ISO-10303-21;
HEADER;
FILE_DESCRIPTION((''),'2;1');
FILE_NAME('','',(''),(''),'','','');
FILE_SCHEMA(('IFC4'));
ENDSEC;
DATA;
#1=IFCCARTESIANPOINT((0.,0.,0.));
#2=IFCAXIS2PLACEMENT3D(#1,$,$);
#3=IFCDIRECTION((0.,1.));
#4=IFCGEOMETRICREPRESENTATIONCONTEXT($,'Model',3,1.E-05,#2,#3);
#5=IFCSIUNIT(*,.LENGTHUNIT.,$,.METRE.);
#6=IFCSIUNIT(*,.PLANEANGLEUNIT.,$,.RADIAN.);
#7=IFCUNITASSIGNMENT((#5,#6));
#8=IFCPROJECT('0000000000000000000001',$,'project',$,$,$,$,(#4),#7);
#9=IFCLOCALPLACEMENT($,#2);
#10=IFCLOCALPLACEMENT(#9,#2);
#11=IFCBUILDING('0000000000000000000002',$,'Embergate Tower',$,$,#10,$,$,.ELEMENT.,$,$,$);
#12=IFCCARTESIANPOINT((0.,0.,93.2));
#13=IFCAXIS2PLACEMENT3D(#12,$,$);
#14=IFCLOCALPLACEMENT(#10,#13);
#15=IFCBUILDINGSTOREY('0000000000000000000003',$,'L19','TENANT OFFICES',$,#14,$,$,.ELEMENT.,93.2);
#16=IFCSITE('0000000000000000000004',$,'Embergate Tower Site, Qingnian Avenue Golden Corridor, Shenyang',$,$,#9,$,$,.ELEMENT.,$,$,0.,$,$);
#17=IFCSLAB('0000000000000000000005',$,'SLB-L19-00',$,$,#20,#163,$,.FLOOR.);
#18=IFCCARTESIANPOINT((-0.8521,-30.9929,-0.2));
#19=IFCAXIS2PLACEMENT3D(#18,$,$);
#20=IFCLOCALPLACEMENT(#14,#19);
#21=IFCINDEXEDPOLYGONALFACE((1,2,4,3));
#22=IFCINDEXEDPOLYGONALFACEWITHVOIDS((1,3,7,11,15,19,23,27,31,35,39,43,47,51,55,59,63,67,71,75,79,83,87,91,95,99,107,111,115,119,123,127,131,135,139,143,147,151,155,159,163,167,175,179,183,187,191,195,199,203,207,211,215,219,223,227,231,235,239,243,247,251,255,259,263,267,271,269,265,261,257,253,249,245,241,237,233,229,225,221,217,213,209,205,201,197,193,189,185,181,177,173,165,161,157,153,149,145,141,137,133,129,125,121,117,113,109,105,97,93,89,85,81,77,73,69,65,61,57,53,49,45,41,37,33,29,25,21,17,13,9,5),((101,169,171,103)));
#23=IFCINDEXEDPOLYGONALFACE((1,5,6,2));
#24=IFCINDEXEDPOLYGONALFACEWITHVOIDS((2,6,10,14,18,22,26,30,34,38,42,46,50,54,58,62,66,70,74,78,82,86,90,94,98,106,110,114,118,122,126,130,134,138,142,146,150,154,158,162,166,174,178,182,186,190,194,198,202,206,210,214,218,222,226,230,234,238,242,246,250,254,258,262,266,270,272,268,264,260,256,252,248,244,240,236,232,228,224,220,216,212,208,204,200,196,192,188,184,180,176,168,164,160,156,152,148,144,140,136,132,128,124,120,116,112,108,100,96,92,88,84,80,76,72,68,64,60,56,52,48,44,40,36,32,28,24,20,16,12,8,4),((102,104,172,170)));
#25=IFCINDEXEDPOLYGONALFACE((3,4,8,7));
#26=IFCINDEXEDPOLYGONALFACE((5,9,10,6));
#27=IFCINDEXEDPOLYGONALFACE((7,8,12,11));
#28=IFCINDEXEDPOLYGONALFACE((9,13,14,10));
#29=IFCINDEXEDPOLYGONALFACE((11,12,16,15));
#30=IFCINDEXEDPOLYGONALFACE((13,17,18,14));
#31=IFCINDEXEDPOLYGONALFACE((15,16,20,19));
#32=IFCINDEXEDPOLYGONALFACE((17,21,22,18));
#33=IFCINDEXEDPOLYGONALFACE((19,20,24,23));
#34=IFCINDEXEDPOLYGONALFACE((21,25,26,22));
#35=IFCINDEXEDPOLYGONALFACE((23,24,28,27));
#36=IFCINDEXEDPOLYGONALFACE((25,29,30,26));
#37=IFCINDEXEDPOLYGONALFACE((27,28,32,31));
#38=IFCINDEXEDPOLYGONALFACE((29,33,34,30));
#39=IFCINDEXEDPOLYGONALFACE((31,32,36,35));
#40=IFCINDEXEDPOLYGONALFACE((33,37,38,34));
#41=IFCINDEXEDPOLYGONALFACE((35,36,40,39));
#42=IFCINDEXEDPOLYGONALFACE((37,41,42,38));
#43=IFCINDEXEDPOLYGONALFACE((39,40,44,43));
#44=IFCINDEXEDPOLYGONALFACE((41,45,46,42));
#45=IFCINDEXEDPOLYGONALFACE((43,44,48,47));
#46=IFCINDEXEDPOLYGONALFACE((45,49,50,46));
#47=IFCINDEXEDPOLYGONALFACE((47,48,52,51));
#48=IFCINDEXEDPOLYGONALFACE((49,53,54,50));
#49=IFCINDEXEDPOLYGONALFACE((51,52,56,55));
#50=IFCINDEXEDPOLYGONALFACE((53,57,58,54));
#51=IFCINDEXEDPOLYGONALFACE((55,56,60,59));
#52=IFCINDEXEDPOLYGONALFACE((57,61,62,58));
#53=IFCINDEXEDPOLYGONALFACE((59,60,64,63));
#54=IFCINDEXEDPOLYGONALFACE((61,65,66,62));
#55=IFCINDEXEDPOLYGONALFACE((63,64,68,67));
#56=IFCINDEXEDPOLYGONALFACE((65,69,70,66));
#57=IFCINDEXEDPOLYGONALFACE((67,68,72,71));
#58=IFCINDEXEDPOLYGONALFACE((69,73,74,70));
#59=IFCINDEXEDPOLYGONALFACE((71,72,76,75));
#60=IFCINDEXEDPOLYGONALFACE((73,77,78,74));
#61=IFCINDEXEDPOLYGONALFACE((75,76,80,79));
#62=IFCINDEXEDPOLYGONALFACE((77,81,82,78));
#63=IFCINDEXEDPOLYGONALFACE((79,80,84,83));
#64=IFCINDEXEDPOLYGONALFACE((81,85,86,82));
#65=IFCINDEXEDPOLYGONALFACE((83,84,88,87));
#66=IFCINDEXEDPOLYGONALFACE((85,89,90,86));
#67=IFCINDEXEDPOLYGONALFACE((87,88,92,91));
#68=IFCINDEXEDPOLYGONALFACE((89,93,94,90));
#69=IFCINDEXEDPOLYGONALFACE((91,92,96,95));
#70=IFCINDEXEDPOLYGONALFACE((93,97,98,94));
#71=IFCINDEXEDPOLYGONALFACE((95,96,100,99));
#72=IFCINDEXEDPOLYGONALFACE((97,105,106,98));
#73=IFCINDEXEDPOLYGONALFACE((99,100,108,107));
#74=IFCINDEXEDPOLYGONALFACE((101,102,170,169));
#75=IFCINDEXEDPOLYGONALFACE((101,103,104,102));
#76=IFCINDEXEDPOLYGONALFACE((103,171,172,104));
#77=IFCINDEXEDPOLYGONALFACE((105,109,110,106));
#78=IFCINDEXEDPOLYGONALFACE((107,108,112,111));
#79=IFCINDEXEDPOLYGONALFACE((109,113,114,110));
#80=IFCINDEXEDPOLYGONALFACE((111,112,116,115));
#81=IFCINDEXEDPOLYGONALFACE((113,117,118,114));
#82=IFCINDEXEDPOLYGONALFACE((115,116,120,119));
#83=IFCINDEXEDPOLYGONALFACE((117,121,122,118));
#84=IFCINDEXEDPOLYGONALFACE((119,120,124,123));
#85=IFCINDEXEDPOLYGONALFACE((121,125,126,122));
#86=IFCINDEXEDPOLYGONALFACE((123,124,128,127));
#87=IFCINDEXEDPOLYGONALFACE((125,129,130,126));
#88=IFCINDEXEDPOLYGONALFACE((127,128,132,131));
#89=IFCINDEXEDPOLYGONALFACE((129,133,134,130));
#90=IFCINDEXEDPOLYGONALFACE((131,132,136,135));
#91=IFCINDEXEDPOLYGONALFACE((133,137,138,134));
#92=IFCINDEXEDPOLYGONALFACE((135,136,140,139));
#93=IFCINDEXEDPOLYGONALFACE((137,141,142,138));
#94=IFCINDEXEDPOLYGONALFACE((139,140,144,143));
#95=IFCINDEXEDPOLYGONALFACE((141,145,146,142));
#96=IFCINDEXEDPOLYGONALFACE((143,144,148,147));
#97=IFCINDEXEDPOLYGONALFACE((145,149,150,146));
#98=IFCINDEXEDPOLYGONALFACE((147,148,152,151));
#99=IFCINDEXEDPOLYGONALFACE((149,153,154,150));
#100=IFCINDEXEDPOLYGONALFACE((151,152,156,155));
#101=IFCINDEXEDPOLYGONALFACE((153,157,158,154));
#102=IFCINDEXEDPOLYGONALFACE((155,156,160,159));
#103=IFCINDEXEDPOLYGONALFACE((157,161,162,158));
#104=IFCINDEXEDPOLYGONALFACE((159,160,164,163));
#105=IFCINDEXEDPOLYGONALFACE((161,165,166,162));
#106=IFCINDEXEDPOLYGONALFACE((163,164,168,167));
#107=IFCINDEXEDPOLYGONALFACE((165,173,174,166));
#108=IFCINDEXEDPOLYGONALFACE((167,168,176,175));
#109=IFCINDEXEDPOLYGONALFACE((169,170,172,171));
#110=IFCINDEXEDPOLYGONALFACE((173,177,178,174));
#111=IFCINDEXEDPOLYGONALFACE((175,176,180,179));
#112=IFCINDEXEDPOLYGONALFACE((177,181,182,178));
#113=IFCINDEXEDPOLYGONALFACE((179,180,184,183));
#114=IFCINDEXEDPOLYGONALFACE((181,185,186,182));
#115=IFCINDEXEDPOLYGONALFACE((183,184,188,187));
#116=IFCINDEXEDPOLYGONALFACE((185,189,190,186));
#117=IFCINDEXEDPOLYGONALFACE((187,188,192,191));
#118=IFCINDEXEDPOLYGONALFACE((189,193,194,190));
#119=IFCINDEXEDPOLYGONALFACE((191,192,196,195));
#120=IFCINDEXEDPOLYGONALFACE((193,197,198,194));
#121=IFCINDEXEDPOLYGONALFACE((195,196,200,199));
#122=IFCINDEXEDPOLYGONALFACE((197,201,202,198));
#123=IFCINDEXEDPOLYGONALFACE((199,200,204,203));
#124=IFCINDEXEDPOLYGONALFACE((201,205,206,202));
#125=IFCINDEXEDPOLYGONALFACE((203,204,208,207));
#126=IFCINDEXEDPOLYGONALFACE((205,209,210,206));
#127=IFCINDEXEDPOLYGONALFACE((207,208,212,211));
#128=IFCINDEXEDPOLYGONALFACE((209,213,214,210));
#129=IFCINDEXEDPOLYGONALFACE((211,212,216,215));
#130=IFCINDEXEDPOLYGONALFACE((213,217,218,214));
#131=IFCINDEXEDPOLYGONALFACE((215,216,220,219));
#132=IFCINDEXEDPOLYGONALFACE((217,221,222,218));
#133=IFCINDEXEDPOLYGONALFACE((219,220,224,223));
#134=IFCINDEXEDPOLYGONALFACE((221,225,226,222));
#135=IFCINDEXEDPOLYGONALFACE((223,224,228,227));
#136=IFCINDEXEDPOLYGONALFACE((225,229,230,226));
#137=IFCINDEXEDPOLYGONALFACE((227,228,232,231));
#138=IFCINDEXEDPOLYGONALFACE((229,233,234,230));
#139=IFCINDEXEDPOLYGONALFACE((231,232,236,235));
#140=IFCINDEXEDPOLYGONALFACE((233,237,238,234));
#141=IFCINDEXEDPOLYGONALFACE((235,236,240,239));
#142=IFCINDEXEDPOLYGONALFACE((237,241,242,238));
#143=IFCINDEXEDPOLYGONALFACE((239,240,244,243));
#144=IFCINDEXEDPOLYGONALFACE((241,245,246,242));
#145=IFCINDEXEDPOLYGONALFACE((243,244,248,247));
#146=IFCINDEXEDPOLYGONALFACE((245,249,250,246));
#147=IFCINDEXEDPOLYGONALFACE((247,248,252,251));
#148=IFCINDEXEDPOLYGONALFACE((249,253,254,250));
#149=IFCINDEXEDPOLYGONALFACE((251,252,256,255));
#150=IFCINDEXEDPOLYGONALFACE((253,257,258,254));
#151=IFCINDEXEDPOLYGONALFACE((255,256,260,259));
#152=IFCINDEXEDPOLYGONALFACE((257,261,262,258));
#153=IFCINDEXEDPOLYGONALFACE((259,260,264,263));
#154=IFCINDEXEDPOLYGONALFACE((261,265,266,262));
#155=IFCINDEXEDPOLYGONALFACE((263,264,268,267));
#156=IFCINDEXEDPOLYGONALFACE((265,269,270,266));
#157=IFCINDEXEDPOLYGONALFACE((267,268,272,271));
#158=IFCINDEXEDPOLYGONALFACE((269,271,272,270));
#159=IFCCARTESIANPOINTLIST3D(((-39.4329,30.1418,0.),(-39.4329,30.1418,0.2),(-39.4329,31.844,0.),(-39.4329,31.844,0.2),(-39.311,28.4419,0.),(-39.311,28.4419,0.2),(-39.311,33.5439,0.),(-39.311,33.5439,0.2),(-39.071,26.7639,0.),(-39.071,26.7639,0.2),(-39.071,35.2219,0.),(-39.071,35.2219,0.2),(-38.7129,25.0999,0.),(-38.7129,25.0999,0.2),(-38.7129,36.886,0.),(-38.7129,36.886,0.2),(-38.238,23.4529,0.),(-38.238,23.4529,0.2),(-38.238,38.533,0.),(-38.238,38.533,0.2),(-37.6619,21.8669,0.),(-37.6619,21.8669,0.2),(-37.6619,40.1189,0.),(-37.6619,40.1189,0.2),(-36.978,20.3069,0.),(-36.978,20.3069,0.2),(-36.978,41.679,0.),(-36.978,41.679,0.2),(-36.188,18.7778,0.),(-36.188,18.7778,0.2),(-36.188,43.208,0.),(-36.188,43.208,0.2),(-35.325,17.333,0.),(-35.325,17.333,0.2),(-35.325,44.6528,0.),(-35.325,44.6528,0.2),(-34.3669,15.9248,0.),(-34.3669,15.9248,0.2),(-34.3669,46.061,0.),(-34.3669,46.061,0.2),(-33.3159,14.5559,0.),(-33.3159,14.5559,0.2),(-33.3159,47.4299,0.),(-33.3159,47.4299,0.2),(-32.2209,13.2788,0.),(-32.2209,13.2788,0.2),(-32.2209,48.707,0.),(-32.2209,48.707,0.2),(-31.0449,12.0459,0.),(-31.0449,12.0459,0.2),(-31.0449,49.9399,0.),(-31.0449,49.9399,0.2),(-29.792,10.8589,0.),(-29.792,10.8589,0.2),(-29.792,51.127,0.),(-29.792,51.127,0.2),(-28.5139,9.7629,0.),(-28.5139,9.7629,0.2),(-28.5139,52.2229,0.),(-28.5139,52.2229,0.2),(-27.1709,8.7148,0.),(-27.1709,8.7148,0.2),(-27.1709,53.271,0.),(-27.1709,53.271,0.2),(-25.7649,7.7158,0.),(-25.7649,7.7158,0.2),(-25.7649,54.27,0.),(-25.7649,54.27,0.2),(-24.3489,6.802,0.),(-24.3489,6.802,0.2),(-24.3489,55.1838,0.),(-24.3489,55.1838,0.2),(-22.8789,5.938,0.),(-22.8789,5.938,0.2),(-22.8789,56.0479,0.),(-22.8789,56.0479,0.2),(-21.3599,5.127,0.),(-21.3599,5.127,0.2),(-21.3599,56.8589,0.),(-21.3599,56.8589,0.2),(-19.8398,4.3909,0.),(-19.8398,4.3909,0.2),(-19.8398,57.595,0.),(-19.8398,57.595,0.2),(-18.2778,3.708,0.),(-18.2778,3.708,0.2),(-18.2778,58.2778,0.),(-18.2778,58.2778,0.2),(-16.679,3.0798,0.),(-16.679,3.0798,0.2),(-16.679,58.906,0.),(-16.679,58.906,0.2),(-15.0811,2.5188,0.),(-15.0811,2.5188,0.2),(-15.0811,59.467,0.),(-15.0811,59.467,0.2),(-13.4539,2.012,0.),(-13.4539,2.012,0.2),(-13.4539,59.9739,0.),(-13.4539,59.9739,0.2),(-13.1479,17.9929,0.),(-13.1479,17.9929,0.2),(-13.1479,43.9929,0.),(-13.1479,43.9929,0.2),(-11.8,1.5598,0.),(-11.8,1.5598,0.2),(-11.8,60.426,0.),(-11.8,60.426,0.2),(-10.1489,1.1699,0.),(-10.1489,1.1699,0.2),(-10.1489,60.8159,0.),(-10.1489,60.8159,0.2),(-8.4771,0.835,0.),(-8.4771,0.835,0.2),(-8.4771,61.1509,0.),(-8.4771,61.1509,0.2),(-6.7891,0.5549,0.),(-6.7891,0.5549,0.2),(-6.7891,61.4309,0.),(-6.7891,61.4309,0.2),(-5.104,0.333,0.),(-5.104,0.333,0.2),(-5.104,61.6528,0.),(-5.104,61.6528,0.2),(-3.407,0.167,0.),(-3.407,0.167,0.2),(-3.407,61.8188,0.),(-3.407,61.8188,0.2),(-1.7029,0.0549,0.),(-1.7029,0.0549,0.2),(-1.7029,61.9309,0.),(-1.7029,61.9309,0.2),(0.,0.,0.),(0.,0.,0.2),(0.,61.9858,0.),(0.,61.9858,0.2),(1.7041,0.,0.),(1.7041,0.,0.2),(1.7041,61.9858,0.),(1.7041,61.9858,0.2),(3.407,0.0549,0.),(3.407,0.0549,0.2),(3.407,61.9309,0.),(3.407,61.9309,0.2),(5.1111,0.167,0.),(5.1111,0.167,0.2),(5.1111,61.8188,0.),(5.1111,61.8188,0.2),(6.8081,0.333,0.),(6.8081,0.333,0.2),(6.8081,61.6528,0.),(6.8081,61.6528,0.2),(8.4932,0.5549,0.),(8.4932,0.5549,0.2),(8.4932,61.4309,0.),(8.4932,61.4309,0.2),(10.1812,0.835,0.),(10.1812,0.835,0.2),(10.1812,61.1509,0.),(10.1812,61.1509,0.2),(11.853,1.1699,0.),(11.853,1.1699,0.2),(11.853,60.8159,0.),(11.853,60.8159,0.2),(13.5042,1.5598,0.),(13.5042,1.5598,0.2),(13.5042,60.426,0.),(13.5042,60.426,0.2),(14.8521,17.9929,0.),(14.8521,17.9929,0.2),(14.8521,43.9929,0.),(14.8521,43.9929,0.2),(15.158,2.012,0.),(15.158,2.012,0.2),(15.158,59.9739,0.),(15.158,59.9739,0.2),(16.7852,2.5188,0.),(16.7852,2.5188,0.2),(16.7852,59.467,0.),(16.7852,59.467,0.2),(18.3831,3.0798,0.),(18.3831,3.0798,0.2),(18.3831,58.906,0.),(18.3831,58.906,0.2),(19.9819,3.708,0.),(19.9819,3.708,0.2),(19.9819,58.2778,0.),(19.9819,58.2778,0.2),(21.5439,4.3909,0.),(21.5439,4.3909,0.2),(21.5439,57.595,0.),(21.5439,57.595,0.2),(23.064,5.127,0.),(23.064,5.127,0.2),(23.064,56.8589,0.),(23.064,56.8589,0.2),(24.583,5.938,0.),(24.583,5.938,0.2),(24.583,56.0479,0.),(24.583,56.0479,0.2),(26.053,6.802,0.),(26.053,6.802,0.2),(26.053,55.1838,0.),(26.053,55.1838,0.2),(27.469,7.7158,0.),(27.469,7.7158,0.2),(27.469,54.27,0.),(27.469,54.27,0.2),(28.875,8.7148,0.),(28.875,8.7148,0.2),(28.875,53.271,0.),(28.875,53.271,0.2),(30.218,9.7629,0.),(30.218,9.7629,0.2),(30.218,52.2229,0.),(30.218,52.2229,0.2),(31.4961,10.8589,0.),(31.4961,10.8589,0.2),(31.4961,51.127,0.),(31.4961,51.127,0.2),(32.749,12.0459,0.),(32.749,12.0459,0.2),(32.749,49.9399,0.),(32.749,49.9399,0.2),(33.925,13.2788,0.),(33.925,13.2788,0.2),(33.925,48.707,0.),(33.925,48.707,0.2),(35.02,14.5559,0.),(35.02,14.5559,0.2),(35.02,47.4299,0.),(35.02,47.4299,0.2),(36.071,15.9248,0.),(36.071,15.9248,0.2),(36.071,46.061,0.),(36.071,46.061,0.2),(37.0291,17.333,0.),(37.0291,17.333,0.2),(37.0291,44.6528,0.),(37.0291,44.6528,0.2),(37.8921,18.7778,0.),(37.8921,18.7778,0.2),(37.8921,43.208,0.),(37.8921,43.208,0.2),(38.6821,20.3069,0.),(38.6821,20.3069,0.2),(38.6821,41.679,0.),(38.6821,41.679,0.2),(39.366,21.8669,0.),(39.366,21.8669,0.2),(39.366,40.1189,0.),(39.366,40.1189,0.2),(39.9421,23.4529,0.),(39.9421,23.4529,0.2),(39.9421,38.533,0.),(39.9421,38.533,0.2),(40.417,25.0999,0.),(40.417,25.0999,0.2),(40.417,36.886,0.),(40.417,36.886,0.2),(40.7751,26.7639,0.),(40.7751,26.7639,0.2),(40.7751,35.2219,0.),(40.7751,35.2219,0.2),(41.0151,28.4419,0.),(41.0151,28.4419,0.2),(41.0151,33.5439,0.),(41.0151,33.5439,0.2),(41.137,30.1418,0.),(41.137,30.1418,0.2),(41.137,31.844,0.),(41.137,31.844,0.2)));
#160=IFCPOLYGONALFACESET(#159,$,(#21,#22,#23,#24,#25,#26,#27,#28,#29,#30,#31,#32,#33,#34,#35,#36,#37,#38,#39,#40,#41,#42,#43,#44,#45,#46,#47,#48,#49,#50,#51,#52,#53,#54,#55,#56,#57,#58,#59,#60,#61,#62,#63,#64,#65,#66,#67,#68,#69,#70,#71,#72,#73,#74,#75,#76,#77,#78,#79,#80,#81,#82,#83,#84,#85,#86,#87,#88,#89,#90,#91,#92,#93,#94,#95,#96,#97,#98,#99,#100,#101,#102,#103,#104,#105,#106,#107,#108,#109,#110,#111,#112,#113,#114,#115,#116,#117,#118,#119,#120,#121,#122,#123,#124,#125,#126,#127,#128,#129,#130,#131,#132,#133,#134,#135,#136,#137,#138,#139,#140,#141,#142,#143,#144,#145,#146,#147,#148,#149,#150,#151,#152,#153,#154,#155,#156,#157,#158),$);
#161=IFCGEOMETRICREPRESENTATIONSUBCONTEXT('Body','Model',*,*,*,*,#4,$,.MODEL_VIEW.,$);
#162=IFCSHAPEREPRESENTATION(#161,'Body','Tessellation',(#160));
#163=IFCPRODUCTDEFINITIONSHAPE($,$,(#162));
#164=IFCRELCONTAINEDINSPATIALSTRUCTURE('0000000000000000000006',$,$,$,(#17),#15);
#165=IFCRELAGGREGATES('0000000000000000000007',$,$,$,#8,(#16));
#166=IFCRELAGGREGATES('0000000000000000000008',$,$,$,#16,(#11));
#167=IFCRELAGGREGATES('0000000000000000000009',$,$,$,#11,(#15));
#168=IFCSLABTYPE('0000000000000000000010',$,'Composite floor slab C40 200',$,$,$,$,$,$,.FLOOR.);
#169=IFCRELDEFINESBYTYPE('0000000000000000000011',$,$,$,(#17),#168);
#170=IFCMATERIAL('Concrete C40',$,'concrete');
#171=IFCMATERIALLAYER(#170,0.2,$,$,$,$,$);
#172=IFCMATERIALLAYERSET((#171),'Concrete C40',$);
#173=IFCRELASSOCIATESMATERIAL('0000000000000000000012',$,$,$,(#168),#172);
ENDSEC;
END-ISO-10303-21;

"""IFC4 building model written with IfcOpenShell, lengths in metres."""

from ifc_helpers import new_model, si_unit, direction, frame, origin, place, context, subcontext, project, spatial, polyline, outline, extrude, source, transform, mapped, material, layer, layer_set, type_object, element, save


model = new_model("IFC4")

# Units and contexts
model_context = context("Model", 3, precision=1e-05, world=origin(), true_north=direction((0.0, 1.0)))
body_context = subcontext(model_context, "Body", "Model", "MODEL_VIEW")
ifc_project = project(units=[si_unit("LENGTHUNIT", "METRE"), si_unit("PLANEANGLEUNIT", "RADIAN")], contexts=[model_context])

# Site, building, storey
site_placement = place(None, origin())
site = spatial("IfcSite", under=ifc_project, at=site_placement, Name="Embergate Tower Site, Qingnian Avenue Golden Corridor, Shenyang", CompositionType="ELEMENT", RefElevation=0.0)
building_placement = place(site_placement, origin())
building = spatial("IfcBuilding", under=site, at=building_placement, Name="Embergate Tower", CompositionType="ELEMENT")
storey_placement = place(building_placement, frame((0.0, 0.0, 93.2)))
storey = spatial("IfcBuildingStorey", under=building, at=storey_placement, Name="L19", Description="TENANT OFFICES", CompositionType="ELEMENT", Elevation=93.2)

# Slab
ifc_material_1 = material(Name="Concrete C40", Category="concrete")
ifc_layer_1 = layer(ifc_material_1, 0.2)
ifc_layer_set_1 = layer_set([ifc_layer_1], Name="Concrete C40")
slab_type = type_object("IfcSlabType", Name="Composite floor slab C40 200", PredefinedType="FLOOR", material=ifc_layer_set_1)
shared_shape_1 = source(origin(), body_context, "Body", "SweptSolid", [
    extrude(outline(polyline([(0.0, 0.0), (1.7041, 0.0), (3.407, 0.0549), (5.1111, 0.167), (6.8081, 0.333), (8.4932, 0.5549), (10.1812, 0.835), (11.853, 1.1699), (13.5042, 1.5598), (15.158, 2.012), (16.7852, 2.5188), (18.3831, 3.0798), (19.9819, 3.708), (21.5439, 4.3909), (23.064, 5.127), (24.583, 5.938), (26.053, 6.802), (27.469, 7.7158), (28.875, 8.7148), (30.218, 9.7629), (31.4961, 10.8589), (32.749, 12.0459), (33.925, 13.2788), (35.02, 14.5559), (36.071, 15.9248), (37.0291, 17.333), (37.8921, 18.7778), (38.6821, 20.3069), (39.366, 21.8669), (39.9421, 23.4529), (40.417, 25.0999), (40.7751, 26.7639), (41.0151, 28.4419), (41.137, 30.1418), (41.137, 31.844), (41.0151, 33.5439), (40.7751, 35.2219), (40.417, 36.886), (39.9421, 38.533), (39.366, 40.1189), (38.6821, 41.679), (37.8921, 43.208), (37.0291, 44.6528), (36.071, 46.061), (35.02, 47.4299), (33.925, 48.707), (32.749, 49.9399), (31.4961, 51.127), (30.218, 52.2229), (28.875, 53.271), (27.469, 54.27), (26.053, 55.1838), (24.583, 56.0479), (23.064, 56.8589), (21.5439, 57.595), (19.9819, 58.2778), (18.3831, 58.906), (16.7852, 59.467), (15.158, 59.9739), (13.5042, 60.426), (11.853, 60.8159), (10.1812, 61.1509), (8.4932, 61.4309), (6.8081, 61.6528), (5.1111, 61.8188), (3.407, 61.9309), (1.7041, 61.9858), (0.0, 61.9858), (-1.7029, 61.9309), (-3.407, 61.8188), (-5.104, 61.6528), (-6.7891, 61.4309), (-8.4771, 61.1509), (-10.1489, 60.8159), (-11.8, 60.426), (-13.4539, 59.9739), (-15.0811, 59.467), (-16.679, 58.906), (-18.2778, 58.2778), (-19.8398, 57.595), (-21.3599, 56.8589), (-22.8789, 56.0479), (-24.3489, 55.1838), (-25.7649, 54.27), (-27.1709, 53.271), (-28.5139, 52.2229), (-29.792, 51.127), (-31.0449, 49.9399), (-32.2209, 48.707), (-33.3159, 47.4299), (-34.3669, 46.061), (-35.325, 44.6528), (-36.188, 43.208), (-36.978, 41.679), (-37.6619, 40.1189), (-38.238, 38.533), (-38.7129, 36.886), (-39.071, 35.2219), (-39.311, 33.5439), (-39.4329, 31.844), (-39.4329, 30.1418), (-39.311, 28.4419), (-39.071, 26.7639), (-38.7129, 25.0999), (-38.238, 23.4529), (-37.6619, 21.8669), (-36.978, 20.3069), (-36.188, 18.7778), (-35.325, 17.333), (-34.3669, 15.9248), (-33.3159, 14.5559), (-32.2209, 13.2788), (-31.0449, 12.0459), (-29.792, 10.8589), (-28.5139, 9.7629), (-27.1709, 8.7148), (-25.7649, 7.7158), (-24.3489, 6.802), (-22.8789, 5.938), (-21.3599, 5.127), (-19.8398, 4.3909), (-18.2778, 3.708), (-16.679, 3.0798), (-15.0811, 2.5188), (-13.4539, 2.012), (-11.8, 1.5598), (-10.1489, 1.1699), (-8.4771, 0.835), (-6.7891, 0.5549), (-5.104, 0.333), (-3.407, 0.167), (-1.7029, 0.0549), (0.0, 0.0)]), holes=[polyline([(-13.1479, 17.9929), (-13.1479, 43.9929), (14.8521, 43.9929), (14.8521, 17.9929), (-13.1479, 17.9929)])]), origin(), (0.0, 0.0, 1.0), 0.2),
])
slab_placement = place(storey_placement, frame((-0.8521, -30.9929, -0.2)))
element("IfcSlab", 1, at=slab_placement, inside=storey, type_object=slab_type, Name="SLB-L19-00", PredefinedType="FLOOR", context=body_context, shape_type="MappedRepresentation", body=[
    mapped(shared_shape_1, transform((0.0, 0.0, 0.0))),
])

save(model, "model.ifc")
